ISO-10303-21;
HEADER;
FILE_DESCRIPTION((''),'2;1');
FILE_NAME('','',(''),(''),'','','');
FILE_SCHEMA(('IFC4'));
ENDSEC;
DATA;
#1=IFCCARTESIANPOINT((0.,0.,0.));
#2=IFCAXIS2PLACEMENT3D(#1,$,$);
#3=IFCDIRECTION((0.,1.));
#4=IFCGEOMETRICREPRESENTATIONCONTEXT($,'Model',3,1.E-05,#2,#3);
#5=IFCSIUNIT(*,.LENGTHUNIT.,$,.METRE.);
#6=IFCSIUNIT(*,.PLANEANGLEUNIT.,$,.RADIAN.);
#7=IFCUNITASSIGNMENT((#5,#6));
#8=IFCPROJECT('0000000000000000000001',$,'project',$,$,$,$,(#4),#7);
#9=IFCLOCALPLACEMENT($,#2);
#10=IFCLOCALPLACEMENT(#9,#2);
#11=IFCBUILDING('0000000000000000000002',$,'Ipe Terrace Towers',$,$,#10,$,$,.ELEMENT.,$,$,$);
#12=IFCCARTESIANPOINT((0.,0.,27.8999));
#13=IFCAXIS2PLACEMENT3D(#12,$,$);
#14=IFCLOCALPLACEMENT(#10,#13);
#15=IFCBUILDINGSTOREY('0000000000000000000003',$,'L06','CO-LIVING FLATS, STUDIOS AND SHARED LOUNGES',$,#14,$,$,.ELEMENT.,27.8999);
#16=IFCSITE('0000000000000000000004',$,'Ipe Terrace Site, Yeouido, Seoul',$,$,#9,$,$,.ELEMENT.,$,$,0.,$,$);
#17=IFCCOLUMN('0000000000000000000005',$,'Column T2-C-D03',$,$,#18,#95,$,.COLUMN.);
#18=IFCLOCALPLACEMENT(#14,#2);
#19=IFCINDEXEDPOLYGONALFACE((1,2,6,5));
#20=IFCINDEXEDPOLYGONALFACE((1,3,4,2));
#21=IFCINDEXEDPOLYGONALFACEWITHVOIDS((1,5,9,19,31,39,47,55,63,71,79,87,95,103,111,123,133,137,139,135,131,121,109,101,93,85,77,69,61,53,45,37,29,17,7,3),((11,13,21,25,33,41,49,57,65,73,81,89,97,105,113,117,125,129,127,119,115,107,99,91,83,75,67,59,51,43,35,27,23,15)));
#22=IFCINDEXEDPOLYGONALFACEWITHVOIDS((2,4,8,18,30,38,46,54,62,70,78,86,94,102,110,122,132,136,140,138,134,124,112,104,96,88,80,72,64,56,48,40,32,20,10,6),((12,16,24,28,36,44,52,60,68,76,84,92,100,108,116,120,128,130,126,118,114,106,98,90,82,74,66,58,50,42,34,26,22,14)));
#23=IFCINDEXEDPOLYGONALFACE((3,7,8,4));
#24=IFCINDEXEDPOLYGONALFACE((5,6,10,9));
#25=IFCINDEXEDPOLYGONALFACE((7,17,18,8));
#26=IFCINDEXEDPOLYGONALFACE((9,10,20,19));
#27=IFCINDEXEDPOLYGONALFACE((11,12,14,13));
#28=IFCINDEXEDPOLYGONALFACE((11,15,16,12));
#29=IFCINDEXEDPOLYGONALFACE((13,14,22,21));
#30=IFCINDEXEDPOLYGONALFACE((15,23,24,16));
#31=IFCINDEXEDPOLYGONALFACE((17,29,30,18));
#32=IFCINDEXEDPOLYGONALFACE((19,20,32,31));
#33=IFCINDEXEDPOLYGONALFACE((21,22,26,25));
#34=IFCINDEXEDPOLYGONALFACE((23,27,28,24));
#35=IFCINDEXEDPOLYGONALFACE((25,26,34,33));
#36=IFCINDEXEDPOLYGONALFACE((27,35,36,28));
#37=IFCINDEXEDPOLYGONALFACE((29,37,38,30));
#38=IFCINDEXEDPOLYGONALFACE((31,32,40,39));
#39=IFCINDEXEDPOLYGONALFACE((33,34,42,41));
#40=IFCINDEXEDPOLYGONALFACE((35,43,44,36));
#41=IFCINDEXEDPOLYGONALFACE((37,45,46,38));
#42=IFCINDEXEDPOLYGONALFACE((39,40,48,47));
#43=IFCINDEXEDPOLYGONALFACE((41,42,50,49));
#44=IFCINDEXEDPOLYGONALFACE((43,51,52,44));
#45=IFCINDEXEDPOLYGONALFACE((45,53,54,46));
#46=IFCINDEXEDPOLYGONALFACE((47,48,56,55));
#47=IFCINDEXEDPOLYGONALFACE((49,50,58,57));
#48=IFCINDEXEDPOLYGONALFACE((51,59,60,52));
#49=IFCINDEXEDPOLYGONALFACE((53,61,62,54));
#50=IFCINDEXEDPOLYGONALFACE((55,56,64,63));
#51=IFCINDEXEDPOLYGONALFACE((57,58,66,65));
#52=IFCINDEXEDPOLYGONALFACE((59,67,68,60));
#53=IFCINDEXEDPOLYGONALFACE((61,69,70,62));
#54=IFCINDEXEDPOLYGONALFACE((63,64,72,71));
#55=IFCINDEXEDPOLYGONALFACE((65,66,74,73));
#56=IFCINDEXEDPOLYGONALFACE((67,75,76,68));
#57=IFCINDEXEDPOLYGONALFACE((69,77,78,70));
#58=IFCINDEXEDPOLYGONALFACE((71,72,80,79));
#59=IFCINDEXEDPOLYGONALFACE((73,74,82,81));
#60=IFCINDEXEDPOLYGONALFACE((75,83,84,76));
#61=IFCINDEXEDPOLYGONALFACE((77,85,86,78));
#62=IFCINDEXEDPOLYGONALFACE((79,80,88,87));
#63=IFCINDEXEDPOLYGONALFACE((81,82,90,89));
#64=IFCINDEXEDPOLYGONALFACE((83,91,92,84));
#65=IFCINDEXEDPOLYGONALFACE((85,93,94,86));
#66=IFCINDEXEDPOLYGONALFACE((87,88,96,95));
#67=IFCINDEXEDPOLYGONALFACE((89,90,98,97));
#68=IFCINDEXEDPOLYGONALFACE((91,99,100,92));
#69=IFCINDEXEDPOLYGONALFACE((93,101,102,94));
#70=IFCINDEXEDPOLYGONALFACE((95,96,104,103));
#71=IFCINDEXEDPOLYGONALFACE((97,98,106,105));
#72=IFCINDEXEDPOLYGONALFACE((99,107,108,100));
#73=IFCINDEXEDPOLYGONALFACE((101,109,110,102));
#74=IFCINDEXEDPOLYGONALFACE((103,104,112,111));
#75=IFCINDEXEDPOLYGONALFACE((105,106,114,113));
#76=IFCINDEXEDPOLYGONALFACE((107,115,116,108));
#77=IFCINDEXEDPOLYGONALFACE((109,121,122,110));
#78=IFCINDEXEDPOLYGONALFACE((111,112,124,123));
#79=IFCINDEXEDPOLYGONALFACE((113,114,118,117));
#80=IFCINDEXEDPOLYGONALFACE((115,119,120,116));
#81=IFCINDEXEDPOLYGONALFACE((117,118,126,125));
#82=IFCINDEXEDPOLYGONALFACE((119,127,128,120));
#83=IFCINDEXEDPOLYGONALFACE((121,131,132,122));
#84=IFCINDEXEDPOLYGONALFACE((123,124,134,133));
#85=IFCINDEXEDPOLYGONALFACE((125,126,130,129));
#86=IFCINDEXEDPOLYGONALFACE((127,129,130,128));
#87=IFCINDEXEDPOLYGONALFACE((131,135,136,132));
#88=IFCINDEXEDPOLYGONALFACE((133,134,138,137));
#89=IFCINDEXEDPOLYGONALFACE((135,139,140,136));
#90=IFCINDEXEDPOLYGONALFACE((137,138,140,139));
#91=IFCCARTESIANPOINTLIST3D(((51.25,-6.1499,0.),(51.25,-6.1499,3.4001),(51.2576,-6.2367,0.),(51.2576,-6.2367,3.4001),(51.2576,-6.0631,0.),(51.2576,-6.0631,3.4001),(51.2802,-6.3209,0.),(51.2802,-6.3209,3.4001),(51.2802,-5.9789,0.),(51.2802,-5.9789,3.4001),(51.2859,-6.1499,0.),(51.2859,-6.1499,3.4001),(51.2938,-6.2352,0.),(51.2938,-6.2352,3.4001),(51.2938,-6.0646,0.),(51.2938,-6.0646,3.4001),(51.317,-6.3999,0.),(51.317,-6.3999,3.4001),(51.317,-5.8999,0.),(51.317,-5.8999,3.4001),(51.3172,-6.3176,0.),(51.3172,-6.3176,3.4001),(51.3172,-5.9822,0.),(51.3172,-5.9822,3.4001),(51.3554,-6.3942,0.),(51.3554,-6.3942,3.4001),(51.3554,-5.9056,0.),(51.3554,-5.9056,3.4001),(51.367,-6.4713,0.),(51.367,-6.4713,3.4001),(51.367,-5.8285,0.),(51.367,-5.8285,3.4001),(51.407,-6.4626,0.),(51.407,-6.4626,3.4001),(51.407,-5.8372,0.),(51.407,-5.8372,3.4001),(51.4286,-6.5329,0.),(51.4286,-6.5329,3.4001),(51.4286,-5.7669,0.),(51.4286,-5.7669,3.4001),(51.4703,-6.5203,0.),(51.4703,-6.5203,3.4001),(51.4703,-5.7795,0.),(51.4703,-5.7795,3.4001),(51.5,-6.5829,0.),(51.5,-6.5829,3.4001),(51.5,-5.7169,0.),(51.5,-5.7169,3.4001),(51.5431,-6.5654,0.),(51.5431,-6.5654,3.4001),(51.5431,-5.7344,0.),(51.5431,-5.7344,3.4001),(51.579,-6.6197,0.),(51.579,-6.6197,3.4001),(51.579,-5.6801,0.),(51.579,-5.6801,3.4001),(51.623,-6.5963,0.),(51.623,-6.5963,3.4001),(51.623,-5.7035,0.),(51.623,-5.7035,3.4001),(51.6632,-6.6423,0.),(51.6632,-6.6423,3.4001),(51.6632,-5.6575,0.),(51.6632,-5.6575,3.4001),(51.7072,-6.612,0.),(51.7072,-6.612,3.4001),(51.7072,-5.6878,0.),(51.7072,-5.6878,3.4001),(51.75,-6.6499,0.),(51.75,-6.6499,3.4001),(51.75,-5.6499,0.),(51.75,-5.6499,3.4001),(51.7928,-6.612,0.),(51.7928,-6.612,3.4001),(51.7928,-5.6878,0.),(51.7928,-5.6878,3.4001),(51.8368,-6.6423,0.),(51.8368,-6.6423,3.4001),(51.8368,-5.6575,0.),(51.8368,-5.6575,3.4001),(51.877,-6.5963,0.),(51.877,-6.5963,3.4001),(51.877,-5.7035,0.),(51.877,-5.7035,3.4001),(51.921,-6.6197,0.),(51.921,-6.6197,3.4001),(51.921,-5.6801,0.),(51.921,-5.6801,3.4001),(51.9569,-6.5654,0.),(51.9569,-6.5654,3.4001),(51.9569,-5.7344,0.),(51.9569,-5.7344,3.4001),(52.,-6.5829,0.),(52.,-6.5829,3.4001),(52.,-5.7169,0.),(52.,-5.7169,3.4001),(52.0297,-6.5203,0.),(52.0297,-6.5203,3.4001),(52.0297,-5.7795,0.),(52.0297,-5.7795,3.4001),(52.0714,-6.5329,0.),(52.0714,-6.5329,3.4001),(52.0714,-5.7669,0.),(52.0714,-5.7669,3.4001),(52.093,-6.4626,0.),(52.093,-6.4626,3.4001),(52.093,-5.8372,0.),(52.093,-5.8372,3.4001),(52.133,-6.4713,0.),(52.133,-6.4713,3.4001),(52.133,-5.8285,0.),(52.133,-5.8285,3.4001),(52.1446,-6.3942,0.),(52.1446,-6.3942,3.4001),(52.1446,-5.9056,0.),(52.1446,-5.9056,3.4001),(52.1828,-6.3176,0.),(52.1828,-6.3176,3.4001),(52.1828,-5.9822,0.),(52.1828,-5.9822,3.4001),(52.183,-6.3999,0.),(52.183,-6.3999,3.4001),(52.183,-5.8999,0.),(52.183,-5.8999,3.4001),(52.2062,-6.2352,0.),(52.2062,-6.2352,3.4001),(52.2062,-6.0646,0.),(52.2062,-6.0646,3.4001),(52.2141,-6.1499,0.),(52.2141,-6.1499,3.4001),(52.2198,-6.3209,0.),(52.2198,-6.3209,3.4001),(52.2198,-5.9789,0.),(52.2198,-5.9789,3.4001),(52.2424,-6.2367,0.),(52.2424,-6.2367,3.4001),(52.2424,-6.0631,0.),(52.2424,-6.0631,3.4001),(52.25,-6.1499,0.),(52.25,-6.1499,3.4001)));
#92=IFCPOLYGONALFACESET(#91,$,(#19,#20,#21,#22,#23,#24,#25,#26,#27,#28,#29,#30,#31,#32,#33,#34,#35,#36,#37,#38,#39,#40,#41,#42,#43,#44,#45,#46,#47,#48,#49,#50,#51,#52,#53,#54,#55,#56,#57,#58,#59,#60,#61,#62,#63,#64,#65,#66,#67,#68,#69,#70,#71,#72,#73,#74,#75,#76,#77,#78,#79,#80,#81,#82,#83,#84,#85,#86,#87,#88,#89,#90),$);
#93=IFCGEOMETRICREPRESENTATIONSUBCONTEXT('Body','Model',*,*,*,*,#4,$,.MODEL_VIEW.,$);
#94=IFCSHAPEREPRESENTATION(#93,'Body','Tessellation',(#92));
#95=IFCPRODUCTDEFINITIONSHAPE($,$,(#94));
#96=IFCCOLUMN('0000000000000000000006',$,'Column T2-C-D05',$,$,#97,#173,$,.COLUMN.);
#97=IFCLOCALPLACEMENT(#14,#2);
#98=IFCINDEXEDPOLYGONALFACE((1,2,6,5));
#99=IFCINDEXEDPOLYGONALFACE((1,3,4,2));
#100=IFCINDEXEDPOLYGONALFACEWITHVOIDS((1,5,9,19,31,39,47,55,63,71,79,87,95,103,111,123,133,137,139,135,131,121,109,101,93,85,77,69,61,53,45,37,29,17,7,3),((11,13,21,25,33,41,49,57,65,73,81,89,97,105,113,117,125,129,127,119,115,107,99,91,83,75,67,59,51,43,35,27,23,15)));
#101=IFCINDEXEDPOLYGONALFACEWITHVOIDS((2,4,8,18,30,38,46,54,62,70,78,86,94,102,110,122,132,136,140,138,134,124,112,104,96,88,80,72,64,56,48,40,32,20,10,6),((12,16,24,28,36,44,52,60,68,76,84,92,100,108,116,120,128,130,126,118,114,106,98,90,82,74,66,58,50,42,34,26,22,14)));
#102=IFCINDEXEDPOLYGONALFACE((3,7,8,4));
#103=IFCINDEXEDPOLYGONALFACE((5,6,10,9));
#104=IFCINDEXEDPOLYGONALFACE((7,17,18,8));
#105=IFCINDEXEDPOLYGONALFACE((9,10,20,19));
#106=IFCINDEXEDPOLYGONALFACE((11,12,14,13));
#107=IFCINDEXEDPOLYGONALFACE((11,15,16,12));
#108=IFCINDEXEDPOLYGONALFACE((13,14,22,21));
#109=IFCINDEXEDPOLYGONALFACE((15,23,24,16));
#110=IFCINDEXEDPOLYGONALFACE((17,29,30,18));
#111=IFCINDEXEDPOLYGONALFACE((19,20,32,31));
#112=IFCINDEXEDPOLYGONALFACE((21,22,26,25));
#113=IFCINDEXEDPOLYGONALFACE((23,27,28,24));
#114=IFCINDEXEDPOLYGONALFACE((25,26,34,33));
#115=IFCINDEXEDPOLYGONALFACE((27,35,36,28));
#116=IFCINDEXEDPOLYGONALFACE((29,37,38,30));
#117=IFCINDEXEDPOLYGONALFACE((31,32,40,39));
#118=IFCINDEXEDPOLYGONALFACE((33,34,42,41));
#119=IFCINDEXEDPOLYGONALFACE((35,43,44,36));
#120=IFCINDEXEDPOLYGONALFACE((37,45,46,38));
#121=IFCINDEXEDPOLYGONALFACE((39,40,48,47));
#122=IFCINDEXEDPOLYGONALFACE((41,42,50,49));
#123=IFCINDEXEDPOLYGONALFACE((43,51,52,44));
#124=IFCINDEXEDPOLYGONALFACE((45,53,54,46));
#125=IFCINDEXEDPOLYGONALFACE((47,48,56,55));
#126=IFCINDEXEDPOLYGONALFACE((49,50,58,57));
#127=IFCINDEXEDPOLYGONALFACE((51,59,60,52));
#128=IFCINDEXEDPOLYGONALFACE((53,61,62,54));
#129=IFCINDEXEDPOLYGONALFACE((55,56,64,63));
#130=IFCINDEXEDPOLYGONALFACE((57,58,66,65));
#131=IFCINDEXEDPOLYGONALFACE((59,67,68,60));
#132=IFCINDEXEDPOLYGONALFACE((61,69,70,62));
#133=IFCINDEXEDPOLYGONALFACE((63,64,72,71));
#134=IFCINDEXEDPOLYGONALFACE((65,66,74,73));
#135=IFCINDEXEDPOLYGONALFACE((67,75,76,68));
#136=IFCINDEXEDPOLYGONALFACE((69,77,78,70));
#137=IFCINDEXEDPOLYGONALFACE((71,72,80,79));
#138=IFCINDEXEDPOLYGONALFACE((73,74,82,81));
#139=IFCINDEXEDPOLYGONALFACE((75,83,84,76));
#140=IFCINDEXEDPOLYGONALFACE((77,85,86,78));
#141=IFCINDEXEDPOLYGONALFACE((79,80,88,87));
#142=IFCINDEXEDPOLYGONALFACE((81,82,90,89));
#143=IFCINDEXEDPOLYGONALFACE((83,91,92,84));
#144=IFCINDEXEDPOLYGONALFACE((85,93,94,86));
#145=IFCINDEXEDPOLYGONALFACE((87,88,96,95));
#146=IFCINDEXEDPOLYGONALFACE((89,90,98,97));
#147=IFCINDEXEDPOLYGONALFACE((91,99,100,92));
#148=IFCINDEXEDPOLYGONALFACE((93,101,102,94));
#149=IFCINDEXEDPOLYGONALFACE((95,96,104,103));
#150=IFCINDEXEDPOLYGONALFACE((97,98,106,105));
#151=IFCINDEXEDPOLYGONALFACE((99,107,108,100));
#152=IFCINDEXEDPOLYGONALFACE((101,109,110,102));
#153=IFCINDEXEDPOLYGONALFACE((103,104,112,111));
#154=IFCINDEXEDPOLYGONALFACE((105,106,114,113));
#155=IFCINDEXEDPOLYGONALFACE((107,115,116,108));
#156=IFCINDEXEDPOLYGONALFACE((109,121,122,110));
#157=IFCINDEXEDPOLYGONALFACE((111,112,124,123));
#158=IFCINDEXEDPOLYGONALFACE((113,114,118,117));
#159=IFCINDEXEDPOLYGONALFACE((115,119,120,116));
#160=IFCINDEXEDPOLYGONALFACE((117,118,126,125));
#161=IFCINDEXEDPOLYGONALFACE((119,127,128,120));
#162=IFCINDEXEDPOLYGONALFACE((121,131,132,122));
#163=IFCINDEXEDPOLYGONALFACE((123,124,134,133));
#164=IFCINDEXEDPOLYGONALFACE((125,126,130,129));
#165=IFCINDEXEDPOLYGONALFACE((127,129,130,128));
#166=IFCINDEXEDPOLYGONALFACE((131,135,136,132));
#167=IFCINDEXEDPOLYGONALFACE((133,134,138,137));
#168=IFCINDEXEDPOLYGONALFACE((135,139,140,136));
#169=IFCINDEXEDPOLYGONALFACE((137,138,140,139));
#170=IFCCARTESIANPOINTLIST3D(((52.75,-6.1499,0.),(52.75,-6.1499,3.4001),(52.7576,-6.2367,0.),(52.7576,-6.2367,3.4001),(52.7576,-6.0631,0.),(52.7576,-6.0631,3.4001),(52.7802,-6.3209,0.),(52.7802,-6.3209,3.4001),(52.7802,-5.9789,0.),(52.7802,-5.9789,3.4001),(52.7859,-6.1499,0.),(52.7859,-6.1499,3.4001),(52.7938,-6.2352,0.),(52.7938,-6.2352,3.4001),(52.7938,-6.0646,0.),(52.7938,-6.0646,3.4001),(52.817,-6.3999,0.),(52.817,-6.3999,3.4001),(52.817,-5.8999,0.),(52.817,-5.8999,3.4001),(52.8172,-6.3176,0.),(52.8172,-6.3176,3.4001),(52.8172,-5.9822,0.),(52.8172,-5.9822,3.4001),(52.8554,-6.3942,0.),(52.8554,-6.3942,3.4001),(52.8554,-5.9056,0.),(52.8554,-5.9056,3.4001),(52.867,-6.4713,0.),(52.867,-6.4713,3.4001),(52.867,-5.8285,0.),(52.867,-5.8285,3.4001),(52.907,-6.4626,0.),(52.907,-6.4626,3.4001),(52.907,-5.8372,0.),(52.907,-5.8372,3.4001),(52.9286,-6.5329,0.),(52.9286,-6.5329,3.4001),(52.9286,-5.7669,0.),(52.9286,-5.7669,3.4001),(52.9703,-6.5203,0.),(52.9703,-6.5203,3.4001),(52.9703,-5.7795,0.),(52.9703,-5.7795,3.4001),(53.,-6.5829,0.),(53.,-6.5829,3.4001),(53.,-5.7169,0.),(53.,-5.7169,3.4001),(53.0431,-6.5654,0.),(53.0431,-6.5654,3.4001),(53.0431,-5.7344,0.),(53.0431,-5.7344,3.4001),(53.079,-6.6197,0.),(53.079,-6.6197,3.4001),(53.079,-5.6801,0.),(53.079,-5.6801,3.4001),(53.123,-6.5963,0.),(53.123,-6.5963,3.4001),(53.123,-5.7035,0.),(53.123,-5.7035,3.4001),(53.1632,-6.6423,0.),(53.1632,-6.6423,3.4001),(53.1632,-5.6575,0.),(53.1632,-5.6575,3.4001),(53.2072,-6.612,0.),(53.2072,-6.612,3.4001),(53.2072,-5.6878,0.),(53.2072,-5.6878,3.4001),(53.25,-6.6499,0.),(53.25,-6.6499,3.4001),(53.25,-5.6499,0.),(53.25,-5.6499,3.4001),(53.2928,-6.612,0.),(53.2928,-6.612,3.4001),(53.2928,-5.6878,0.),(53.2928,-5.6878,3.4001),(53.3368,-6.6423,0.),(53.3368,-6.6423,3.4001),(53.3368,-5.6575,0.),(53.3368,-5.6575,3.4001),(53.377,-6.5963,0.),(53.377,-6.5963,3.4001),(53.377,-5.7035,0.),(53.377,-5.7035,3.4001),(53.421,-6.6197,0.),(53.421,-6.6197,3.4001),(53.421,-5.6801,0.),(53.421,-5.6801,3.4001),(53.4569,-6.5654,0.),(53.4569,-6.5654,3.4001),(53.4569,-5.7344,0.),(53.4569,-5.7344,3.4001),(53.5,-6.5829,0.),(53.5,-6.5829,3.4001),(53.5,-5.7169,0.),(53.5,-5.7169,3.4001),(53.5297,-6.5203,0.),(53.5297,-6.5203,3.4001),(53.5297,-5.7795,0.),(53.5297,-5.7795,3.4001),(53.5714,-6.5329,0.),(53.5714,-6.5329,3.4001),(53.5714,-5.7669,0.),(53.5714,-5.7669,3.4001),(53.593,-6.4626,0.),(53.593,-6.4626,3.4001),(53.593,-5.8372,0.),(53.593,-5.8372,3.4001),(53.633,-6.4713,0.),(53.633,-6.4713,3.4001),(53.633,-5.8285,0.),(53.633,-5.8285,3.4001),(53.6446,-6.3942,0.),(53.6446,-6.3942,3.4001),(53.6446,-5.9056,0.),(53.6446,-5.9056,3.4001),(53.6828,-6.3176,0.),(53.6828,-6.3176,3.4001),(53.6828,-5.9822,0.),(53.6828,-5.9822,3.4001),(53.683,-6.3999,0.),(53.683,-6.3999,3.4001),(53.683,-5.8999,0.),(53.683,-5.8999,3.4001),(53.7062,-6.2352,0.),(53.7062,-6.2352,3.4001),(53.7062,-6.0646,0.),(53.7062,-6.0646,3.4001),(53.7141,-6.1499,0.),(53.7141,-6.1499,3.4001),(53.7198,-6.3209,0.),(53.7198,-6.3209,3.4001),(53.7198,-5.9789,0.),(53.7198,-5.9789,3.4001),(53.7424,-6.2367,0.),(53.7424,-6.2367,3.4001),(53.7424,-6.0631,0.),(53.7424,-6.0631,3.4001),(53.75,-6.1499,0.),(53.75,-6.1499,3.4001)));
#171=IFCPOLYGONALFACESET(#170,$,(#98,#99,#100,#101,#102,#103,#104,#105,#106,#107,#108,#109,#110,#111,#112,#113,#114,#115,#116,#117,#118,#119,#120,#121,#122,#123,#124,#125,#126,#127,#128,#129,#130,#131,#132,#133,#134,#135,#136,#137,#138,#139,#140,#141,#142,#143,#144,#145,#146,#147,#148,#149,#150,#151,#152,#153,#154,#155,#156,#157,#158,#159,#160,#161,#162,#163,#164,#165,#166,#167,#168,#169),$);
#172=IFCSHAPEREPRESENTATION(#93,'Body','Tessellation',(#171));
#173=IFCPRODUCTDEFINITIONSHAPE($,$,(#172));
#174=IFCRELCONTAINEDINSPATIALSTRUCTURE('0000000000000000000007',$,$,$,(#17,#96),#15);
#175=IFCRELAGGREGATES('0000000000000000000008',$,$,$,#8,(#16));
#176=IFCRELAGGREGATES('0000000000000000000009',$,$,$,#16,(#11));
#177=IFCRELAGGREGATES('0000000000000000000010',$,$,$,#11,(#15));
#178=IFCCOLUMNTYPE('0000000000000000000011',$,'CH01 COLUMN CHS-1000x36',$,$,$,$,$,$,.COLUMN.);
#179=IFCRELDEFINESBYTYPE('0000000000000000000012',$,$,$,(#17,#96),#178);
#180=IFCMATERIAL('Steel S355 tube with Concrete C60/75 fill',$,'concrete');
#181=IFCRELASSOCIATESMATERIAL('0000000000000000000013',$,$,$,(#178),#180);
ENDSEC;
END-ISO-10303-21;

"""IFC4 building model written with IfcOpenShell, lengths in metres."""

from ifc_helpers import new_model, si_unit, direction, frame, origin, origin_2d, place, context, subcontext, project, spatial, hollow_circle, extrude, material, material_profile, profile_set, type_object, element, save


model = new_model("IFC4")

# Units and contexts
model_context = context("Model", 3, precision=1e-05, world=origin(), true_north=direction((0.0, 1.0)))
body_context = subcontext(model_context, "Body", "Model", "MODEL_VIEW")
ifc_project = project(units=[si_unit("LENGTHUNIT", "METRE"), si_unit("PLANEANGLEUNIT", "RADIAN")], contexts=[model_context])

# Site, building, storey
site_placement = place(None, origin())
site = spatial("IfcSite", under=ifc_project, at=site_placement, Name="Ipe Terrace Site, Yeouido, Seoul", CompositionType="ELEMENT", RefElevation=0.0)
building_placement = place(site_placement, origin())
building = spatial("IfcBuilding", under=site, at=building_placement, Name="Ipe Terrace Towers", CompositionType="ELEMENT")
storey_placement = place(building_placement, frame((0.0, 0.0, 27.8999)))
storey = spatial("IfcBuildingStorey", under=building, at=storey_placement, Name="L06", Description="CO-LIVING FLATS, STUDIOS AND SHARED LOUNGES", CompositionType="ELEMENT", Elevation=27.8999)

# Columns
ifc_material_1 = material(Name="Steel S355 tube with Concrete C60/75 fill", Category="concrete")
ifc_material_profile_1 = material_profile(ifc_material_1, hollow_circle(Radius=0.5, WallThickness=0.0359, at=origin_2d()), Name="CHS-1000x36")
ifc_profile_set_1 = profile_set([ifc_material_profile_1], Name="Steel S355 tube with Concrete C60/75 fill")
column_type_1 = type_object("IfcColumnType", Name="CH01 COLUMN CHS-1000x36", PredefinedType="COLUMN", material=ifc_profile_set_1)
for number, where, z_axis, x_axis, name in (
    (1, (51.75, -6.1499, 0.0), (0.0, 0.0, 1.0), (1.0, 0.0, 0.0), "Column T2-C-D03"),
    (2, (53.25, -6.1499, 0.0), (0.0, 0.0, 1.0), (1.0, 0.0, 0.0), "Column T2-C-D05"),
):
    element("IfcColumn", number, at=place(storey_placement, frame(where, z_axis=z_axis, x_axis=x_axis)), inside=storey, type_object=column_type_1, Name=name, PredefinedType="COLUMN", context=body_context, shape_type="SweptSolid", body=[
        extrude(hollow_circle(Radius=0.5, WallThickness=0.0359, at=origin_2d()), origin(), (0.0, 0.0, 1.0), 3.4001),
    ])

save(model, "model.ifc")
